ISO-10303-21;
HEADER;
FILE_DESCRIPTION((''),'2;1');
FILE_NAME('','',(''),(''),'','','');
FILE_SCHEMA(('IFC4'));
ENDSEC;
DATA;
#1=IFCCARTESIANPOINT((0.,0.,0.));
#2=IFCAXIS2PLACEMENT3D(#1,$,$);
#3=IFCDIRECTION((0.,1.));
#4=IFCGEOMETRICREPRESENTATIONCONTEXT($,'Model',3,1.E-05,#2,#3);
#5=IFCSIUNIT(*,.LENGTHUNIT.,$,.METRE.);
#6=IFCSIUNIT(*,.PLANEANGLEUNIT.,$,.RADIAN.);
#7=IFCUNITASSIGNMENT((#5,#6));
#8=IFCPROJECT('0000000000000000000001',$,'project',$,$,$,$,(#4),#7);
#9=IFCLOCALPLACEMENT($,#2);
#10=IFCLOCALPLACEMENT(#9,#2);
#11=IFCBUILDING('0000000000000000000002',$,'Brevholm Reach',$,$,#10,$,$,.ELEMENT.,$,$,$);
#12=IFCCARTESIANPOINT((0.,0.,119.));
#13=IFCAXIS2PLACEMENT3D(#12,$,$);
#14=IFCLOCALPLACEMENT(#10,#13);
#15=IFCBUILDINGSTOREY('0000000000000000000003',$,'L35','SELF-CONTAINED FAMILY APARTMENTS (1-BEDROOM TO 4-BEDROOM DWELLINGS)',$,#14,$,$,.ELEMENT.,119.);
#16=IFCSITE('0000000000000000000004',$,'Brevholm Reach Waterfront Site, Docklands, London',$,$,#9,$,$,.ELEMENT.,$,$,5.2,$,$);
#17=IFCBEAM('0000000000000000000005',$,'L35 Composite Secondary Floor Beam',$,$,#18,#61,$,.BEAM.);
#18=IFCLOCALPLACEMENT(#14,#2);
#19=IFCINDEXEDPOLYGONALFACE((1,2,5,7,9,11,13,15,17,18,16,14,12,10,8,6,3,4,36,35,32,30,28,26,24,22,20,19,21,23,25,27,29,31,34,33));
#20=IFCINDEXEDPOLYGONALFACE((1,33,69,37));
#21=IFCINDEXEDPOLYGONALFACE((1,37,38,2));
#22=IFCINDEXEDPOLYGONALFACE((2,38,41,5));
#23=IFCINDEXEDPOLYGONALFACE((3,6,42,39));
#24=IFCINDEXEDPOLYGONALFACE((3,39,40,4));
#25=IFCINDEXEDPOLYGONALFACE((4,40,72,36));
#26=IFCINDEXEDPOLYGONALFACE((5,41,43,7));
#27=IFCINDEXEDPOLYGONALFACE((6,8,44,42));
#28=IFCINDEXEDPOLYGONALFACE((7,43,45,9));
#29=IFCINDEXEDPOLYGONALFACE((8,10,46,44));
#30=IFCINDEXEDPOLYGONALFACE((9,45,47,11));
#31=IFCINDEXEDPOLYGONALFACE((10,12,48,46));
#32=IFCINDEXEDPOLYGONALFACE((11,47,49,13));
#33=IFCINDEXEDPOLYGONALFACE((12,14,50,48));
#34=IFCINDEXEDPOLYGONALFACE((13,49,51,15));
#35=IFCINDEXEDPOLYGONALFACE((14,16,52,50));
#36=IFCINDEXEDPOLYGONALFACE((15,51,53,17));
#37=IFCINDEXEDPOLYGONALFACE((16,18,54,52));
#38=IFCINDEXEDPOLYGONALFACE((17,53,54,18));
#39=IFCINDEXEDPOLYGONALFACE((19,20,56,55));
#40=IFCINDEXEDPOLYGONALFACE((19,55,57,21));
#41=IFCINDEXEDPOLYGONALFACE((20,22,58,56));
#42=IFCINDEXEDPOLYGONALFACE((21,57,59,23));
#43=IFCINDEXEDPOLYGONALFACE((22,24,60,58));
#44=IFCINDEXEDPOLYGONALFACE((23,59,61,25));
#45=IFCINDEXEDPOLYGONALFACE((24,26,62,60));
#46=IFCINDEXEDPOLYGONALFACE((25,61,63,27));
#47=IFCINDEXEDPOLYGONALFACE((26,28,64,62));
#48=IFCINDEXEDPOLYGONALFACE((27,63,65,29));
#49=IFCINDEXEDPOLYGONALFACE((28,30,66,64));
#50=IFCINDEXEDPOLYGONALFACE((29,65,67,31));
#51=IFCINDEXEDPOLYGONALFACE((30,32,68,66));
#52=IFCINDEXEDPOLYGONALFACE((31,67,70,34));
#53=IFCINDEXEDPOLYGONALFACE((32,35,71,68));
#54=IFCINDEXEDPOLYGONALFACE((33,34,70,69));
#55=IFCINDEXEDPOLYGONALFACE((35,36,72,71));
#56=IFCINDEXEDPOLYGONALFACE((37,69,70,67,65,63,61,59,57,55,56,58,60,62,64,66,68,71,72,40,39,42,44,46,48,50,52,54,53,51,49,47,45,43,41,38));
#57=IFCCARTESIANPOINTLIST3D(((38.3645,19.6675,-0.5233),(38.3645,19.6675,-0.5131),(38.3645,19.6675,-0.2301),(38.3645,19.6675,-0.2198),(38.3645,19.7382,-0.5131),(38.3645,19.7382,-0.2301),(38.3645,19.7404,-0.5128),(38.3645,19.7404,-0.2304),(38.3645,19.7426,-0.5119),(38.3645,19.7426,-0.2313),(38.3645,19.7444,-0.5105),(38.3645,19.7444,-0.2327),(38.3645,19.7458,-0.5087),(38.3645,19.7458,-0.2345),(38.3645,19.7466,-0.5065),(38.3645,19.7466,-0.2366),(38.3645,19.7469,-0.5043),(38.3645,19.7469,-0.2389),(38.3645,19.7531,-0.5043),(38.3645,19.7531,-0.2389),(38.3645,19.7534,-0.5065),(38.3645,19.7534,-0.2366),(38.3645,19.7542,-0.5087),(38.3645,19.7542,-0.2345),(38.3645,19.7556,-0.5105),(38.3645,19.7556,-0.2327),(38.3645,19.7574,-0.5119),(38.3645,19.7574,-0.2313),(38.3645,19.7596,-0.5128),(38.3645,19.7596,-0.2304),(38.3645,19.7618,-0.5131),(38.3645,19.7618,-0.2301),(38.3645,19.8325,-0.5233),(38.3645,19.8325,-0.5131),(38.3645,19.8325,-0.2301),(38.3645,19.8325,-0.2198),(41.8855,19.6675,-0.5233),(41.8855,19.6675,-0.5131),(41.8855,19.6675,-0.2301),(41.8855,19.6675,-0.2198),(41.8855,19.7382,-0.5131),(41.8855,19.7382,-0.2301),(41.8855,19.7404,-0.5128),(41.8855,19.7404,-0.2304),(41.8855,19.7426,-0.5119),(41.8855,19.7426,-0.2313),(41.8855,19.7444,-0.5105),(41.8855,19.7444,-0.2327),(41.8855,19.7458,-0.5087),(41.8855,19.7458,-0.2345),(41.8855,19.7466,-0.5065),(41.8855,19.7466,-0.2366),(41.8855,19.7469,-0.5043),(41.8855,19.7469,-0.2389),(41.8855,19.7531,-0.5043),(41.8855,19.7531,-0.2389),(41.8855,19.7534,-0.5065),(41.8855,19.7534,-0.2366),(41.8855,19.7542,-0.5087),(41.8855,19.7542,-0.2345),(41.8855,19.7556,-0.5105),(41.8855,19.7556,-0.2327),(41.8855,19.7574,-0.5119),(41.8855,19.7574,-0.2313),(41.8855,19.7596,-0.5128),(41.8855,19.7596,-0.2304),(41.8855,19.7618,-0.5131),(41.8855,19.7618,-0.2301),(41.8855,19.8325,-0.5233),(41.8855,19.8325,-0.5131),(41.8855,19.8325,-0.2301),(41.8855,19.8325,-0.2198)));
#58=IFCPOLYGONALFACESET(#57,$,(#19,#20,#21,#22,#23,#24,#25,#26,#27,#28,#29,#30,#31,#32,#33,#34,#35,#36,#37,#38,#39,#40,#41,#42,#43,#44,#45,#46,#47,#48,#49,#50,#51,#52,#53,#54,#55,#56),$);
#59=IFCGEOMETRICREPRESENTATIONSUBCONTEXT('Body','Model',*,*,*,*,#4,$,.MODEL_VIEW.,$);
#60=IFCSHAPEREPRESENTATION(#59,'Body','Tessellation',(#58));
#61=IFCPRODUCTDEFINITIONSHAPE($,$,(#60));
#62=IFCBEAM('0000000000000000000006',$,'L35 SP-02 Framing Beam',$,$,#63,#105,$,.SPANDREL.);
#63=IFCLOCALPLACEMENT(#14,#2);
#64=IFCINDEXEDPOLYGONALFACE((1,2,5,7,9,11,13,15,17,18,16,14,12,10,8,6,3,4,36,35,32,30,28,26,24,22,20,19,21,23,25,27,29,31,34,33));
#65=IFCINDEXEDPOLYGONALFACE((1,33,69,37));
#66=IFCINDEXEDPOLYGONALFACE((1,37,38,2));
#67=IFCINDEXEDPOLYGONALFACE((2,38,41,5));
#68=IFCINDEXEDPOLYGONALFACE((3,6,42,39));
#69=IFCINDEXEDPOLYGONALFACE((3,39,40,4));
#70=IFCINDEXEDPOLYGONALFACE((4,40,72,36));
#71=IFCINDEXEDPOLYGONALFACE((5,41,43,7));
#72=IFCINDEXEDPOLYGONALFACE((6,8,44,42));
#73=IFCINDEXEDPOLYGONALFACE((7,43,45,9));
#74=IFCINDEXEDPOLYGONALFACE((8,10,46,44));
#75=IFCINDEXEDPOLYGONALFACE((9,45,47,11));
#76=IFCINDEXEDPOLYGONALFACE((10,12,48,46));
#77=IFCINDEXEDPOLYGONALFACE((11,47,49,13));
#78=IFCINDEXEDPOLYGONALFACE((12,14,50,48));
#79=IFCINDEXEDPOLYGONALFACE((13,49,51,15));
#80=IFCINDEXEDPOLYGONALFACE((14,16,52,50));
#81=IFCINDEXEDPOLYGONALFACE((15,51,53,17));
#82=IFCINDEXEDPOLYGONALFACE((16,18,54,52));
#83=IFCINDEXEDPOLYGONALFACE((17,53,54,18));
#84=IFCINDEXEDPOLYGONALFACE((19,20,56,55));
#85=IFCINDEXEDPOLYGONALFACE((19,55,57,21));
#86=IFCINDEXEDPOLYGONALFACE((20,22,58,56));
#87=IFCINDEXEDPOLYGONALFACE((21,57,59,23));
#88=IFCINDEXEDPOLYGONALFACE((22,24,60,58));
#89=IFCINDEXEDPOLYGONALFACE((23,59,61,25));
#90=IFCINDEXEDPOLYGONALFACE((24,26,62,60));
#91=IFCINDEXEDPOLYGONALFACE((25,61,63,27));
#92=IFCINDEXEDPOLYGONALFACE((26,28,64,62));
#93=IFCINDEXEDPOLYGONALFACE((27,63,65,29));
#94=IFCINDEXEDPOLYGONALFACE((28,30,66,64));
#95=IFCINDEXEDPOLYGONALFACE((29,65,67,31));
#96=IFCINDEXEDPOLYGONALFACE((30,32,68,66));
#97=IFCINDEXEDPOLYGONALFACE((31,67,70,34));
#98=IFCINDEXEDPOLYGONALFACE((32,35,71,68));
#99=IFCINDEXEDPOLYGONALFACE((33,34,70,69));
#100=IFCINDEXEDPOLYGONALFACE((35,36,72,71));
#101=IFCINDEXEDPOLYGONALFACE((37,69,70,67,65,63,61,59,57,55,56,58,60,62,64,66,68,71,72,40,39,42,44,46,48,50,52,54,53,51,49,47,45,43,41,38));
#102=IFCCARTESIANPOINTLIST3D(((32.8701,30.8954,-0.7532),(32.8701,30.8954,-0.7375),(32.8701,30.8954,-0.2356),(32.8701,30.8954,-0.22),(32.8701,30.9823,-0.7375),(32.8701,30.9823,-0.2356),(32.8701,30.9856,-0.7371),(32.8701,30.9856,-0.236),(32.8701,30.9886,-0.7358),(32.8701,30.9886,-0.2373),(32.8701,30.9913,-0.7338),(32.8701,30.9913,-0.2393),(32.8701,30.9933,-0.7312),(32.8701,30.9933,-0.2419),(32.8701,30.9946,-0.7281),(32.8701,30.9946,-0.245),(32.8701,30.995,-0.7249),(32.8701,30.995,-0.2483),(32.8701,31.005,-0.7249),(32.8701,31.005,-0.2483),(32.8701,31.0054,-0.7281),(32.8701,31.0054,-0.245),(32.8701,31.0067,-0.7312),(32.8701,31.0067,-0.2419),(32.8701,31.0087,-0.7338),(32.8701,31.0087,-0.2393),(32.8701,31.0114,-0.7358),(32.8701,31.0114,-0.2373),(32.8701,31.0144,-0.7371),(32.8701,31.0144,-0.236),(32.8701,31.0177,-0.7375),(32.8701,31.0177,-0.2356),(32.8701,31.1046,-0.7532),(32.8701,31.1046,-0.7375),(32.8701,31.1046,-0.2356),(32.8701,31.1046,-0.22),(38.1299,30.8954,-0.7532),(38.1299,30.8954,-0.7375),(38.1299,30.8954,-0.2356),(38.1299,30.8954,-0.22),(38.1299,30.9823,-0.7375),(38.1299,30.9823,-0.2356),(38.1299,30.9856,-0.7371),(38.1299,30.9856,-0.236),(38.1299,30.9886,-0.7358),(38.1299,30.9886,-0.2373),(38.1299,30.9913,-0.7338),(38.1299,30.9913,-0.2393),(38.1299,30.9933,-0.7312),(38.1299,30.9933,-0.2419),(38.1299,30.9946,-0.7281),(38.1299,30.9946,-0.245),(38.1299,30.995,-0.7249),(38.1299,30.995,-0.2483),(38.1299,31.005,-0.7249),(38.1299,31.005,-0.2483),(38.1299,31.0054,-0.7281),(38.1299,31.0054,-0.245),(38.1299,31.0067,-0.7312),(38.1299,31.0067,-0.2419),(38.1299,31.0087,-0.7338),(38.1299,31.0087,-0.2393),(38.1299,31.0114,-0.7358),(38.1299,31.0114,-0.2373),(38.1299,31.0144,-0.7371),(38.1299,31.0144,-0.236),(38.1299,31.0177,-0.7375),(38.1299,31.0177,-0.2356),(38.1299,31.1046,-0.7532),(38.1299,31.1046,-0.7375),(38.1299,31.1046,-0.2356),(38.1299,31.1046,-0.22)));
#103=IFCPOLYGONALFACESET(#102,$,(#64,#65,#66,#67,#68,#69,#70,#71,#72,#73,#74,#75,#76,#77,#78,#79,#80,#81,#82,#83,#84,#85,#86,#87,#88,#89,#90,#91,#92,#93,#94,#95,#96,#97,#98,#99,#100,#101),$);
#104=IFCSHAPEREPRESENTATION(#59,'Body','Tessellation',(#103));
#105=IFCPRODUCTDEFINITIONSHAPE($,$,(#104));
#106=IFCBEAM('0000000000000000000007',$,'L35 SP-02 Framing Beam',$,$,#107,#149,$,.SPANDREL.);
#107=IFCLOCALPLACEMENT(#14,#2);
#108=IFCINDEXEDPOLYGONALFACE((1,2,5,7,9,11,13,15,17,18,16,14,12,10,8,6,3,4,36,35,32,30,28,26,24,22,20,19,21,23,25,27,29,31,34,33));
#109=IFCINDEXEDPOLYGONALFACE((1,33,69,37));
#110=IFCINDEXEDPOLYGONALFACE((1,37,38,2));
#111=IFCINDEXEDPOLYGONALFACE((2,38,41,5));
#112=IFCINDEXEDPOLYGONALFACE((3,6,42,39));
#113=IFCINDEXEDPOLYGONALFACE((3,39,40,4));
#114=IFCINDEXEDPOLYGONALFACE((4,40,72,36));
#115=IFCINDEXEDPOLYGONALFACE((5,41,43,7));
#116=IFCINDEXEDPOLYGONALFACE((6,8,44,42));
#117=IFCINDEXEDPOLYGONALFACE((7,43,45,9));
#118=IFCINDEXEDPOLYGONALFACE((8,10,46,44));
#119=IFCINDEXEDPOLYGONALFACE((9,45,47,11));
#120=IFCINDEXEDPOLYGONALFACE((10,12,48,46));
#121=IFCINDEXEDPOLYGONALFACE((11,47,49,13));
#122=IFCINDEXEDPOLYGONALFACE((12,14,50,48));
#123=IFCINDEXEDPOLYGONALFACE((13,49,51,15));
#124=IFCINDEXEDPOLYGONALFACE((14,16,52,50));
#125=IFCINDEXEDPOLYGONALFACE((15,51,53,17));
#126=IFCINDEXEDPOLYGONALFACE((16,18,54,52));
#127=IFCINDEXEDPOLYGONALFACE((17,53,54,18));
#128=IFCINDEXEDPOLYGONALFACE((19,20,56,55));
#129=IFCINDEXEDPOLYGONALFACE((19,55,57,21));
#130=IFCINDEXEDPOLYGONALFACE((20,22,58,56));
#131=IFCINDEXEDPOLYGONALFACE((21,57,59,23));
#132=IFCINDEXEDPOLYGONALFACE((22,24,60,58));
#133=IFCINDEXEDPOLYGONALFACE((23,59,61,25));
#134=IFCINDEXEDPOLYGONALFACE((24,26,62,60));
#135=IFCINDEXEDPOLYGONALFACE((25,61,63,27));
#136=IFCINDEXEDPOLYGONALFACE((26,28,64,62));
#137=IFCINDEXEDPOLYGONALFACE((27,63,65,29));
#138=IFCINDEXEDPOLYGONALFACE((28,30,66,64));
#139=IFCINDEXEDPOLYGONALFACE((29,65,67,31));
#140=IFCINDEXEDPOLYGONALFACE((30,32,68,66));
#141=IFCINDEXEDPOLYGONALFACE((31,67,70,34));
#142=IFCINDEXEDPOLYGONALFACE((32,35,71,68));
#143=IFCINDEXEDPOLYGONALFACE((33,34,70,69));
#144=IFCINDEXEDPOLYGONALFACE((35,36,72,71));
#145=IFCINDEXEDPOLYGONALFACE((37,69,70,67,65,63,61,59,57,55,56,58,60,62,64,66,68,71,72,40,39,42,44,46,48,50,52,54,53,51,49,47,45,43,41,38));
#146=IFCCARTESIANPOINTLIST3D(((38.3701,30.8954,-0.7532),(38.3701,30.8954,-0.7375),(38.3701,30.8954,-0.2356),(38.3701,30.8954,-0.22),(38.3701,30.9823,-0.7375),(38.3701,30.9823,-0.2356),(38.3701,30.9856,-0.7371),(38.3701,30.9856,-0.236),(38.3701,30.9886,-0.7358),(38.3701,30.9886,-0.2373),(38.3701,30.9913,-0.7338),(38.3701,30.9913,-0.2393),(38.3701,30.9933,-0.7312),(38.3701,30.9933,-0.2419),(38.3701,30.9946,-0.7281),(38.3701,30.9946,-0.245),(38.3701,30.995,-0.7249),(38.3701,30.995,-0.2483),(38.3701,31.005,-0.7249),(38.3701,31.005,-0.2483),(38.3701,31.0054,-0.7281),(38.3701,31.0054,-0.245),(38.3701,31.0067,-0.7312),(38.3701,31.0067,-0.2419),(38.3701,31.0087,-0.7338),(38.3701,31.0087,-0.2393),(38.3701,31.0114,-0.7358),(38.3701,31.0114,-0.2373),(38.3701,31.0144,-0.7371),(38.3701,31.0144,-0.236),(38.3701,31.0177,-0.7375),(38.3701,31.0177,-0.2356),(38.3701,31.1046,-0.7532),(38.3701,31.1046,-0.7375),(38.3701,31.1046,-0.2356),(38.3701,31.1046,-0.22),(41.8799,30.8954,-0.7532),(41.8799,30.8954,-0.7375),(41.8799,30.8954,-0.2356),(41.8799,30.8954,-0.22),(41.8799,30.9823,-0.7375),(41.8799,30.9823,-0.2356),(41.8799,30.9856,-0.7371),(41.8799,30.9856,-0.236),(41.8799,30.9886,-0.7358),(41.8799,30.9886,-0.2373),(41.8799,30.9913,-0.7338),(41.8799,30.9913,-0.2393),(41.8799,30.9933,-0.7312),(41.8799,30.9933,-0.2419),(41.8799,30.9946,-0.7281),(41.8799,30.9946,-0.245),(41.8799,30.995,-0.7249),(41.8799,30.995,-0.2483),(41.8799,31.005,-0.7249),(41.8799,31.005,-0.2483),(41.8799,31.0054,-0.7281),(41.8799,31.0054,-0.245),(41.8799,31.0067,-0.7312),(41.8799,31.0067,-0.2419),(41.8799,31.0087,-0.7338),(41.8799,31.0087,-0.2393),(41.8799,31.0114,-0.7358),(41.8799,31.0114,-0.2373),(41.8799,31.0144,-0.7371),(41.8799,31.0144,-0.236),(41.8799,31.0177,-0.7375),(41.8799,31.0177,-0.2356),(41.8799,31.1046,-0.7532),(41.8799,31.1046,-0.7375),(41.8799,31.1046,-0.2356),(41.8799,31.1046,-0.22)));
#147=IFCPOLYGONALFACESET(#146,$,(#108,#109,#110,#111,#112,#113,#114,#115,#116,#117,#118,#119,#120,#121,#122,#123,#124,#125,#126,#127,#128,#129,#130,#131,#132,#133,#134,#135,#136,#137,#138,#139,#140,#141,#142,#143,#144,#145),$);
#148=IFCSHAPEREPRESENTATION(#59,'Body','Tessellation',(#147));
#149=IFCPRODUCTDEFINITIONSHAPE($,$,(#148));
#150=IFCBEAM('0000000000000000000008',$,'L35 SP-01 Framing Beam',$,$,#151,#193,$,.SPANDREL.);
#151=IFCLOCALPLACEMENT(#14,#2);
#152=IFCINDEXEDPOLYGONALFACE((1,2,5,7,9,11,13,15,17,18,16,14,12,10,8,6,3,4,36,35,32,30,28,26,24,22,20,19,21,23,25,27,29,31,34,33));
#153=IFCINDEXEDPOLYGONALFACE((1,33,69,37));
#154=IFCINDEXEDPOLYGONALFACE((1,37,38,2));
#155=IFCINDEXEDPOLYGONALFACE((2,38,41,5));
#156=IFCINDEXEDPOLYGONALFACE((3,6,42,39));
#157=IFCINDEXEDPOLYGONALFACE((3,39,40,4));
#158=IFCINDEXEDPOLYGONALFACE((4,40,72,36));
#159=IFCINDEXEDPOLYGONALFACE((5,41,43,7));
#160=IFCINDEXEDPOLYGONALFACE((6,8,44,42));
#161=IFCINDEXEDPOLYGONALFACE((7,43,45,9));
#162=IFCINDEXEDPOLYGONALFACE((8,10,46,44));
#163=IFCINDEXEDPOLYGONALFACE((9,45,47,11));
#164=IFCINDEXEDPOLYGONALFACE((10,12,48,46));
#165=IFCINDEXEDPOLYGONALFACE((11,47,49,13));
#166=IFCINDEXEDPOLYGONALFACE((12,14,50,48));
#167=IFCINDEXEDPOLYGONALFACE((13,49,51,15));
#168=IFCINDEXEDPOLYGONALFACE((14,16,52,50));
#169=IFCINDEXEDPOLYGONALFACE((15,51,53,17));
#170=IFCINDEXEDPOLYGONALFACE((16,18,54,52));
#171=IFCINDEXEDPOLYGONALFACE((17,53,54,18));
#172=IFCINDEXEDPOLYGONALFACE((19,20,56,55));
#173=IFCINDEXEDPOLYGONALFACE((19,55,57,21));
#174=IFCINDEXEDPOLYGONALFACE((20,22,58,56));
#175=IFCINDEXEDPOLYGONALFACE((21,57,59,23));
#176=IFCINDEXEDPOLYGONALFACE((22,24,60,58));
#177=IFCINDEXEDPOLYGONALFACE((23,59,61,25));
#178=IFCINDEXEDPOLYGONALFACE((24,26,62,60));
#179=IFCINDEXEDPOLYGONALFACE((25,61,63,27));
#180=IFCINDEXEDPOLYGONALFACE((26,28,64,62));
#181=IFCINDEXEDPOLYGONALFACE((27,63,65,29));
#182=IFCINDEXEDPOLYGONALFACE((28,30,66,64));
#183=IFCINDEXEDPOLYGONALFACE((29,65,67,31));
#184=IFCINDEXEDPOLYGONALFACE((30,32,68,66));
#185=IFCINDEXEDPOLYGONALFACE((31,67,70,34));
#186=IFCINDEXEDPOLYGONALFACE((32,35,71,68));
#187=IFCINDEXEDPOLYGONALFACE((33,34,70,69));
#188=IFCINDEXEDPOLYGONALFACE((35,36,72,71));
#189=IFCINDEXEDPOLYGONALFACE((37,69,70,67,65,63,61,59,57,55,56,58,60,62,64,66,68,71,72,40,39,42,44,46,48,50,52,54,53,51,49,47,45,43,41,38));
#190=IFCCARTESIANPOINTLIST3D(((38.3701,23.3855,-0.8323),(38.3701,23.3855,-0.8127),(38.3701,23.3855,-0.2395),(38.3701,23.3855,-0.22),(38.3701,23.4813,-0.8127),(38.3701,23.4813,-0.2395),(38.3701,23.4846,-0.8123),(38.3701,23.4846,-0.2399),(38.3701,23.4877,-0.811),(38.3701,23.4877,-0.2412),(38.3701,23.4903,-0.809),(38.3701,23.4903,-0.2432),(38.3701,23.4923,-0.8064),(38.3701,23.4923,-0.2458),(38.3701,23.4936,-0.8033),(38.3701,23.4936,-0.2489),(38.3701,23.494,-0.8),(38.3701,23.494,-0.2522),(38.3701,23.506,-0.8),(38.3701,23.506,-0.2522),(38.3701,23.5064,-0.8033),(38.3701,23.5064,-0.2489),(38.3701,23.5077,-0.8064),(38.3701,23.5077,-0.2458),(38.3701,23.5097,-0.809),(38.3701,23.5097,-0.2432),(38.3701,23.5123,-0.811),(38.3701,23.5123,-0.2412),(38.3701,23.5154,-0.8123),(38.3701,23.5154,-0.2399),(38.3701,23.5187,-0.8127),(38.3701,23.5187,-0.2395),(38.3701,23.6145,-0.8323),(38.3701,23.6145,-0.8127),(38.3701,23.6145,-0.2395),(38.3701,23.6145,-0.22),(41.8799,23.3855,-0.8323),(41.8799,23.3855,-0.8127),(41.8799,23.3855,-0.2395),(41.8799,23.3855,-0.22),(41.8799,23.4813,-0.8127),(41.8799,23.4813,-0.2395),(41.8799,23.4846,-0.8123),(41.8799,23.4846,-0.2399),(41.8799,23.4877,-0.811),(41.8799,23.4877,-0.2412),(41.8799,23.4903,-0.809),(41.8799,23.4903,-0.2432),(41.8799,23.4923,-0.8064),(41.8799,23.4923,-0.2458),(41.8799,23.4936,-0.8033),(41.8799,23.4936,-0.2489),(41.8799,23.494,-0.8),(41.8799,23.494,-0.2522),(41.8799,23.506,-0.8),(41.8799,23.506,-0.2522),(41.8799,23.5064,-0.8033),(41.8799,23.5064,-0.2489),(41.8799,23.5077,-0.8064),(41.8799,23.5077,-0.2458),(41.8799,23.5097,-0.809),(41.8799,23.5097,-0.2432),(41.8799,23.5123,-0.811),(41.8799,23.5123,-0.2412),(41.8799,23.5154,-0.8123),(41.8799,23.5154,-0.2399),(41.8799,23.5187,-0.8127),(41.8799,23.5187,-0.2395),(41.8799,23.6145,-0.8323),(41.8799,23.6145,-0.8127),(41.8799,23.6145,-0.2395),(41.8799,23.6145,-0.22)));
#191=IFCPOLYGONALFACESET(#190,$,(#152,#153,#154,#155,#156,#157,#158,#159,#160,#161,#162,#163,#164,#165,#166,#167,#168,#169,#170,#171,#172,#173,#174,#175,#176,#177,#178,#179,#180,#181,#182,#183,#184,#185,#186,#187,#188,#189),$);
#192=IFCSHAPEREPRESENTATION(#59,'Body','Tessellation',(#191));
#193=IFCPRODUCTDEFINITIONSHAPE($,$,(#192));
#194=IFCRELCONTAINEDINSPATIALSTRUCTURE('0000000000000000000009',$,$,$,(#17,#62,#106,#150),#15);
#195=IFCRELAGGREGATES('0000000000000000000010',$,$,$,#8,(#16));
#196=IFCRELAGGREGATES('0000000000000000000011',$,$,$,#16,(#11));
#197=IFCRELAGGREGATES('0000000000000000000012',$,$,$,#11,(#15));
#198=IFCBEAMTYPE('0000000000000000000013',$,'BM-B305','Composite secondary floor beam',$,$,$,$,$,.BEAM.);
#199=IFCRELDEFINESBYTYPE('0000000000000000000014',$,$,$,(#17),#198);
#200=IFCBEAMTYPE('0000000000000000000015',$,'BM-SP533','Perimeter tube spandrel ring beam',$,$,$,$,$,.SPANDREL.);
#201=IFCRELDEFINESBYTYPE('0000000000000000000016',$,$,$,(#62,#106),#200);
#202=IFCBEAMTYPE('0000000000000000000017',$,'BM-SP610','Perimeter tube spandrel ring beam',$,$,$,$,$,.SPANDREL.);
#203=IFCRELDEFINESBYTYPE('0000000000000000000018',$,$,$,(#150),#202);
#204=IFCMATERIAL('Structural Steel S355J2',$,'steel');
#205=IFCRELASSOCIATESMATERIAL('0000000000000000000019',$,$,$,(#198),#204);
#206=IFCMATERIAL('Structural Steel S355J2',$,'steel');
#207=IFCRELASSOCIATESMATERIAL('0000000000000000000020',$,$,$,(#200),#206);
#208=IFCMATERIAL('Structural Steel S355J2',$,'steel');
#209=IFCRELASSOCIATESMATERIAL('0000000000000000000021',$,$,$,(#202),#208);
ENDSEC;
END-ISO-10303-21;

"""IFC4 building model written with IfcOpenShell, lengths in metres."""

from ifc_helpers import new_model, si_unit, direction, frame, origin, origin_2d, place, context, subcontext, project, spatial, i_section, extrude, material, material_profile, profile_set, type_object, element, save


model = new_model("IFC4")

# Units and contexts
model_context = context("Model", 3, precision=1e-05, world=origin(), true_north=direction((0.0, 1.0)))
body_context = subcontext(model_context, "Body", "Model", "MODEL_VIEW")
ifc_project = project(units=[si_unit("LENGTHUNIT", "METRE"), si_unit("PLANEANGLEUNIT", "RADIAN")], contexts=[model_context])

# Site, building, storey
site_placement = place(None, origin())
site = spatial("IfcSite", under=ifc_project, at=site_placement, Name="Brevholm Reach Waterfront Site, Docklands, London", CompositionType="ELEMENT", RefElevation=5.2)
building_placement = place(site_placement, origin())
building = spatial("IfcBuilding", under=site, at=building_placement, Name="Brevholm Reach", CompositionType="ELEMENT")
storey_placement = place(building_placement, frame((0.0, 0.0, 119.0)))
storey = spatial("IfcBuildingStorey", under=building, at=storey_placement, Name="L35", Description="SELF-CONTAINED FAMILY APARTMENTS (1-BEDROOM TO 4-BEDROOM DWELLINGS)", CompositionType="ELEMENT", Elevation=119.0)

# Beams
ifc_material_1 = material(Name="Structural Steel S355J2", Category="steel")
ifc_material_profile_1 = material_profile(ifc_material_1, i_section(OverallWidth=0.165, OverallDepth=0.3035, WebThickness=0.0061, FlangeThickness=0.0103, FilletRadius=0.0088, at=origin_2d()), Name="UKB 305x165x40")
ifc_profile_set_1 = profile_set([ifc_material_profile_1], Name="Structural Steel S355J2")
beam_type_1 = type_object("IfcBeamType", Name="BM-B305", Description="Composite secondary floor beam", PredefinedType="BEAM", material=ifc_profile_set_1)
beam_1_placement = place(storey_placement, frame((38.3645, 19.75, -0.3716), z_axis=(1.0, 0.0, 0.0), x_axis=(0.0, 1.0, 0.0)))
element("IfcBeam", 1, at=beam_1_placement, inside=storey, type_object=beam_type_1, Name="L35 Composite Secondary Floor Beam", PredefinedType="BEAM", context=body_context, shape_type="SweptSolid", body=[
    extrude(i_section(OverallWidth=0.165, OverallDepth=0.3035, WebThickness=0.0061, FlangeThickness=0.0103, FilletRadius=0.0088, at=origin_2d()), origin(), (0.0, 0.0, 1.0), 3.521),
])
ifc_material_2 = material(Name="Structural Steel S355J2", Category="steel")
ifc_material_profile_2 = material_profile(ifc_material_2, i_section(OverallWidth=0.2092, OverallDepth=0.5332, WebThickness=0.01, FlangeThickness=0.0156, FilletRadius=0.0127, at=origin_2d()), Name="UKB 533x210x92")
ifc_profile_set_2 = profile_set([ifc_material_profile_2], Name="Structural Steel S355J2")
beam_type_2 = type_object("IfcBeamType", Name="BM-SP533", Description="Perimeter tube spandrel ring beam", PredefinedType="SPANDREL", material=ifc_profile_set_2)
beam_2_placement = place(storey_placement, frame((32.8701, 31.0, -0.4866), z_axis=(1.0, 0.0, 0.0), x_axis=(0.0, 1.0, 0.0)))
element("IfcBeam", 2, at=beam_2_placement, inside=storey, type_object=beam_type_2, Name="L35 SP-02 Framing Beam", PredefinedType="SPANDREL", context=body_context, shape_type="SweptSolid", body=[
    extrude(i_section(OverallWidth=0.2092, OverallDepth=0.5332, WebThickness=0.01, FlangeThickness=0.0156, FilletRadius=0.0127, at=origin_2d()), origin(), (0.0, 0.0, 1.0), 5.2598),
])
beam_3_placement = place(storey_placement, frame((38.3701, 31.0, -0.4866), z_axis=(1.0, 0.0, 0.0), x_axis=(0.0, 1.0, 0.0)))
element("IfcBeam", 3, at=beam_3_placement, inside=storey, type_object=beam_type_2, Name="L35 SP-02 Framing Beam", PredefinedType="SPANDREL", context=body_context, shape_type="SweptSolid", body=[
    extrude(i_section(OverallWidth=0.2092, OverallDepth=0.5332, WebThickness=0.01, FlangeThickness=0.0156, FilletRadius=0.0127, at=origin_2d()), origin(), (0.0, 0.0, 1.0), 3.5098),
])
ifc_material_3 = material(Name="Structural Steel S355J2", Category="steel")
ifc_material_profile_3 = material_profile(ifc_material_3, i_section(OverallWidth=0.229, OverallDepth=0.6123, WebThickness=0.012, FlangeThickness=0.0195, FilletRadius=0.0127, at=origin_2d()), Name="UKB 610x229x125")
ifc_profile_set_3 = profile_set([ifc_material_profile_3], Name="Structural Steel S355J2")
beam_type_3 = type_object("IfcBeamType", Name="BM-SP610", Description="Perimeter tube spandrel ring beam", PredefinedType="SPANDREL", material=ifc_profile_set_3)
for number, where, z_axis, x_axis, name in (
    (4, (38.3701, 23.5, -0.5261), (1.0, 0.0, 0.0), (0.0, 1.0, 0.0), "L35 SP-01 Framing Beam"),
):
    element("IfcBeam", number, at=place(storey_placement, frame(where, z_axis=z_axis, x_axis=x_axis)), inside=storey, type_object=beam_type_3, Name=name, PredefinedType="SPANDREL", context=body_context, shape_type="SweptSolid", body=[
        extrude(i_section(OverallWidth=0.229, OverallDepth=0.6123, WebThickness=0.012, FlangeThickness=0.0195, FilletRadius=0.0127, at=origin_2d()), origin(), (0.0, 0.0, 1.0), 3.5098),
    ])

save(model, "model.ifc")
